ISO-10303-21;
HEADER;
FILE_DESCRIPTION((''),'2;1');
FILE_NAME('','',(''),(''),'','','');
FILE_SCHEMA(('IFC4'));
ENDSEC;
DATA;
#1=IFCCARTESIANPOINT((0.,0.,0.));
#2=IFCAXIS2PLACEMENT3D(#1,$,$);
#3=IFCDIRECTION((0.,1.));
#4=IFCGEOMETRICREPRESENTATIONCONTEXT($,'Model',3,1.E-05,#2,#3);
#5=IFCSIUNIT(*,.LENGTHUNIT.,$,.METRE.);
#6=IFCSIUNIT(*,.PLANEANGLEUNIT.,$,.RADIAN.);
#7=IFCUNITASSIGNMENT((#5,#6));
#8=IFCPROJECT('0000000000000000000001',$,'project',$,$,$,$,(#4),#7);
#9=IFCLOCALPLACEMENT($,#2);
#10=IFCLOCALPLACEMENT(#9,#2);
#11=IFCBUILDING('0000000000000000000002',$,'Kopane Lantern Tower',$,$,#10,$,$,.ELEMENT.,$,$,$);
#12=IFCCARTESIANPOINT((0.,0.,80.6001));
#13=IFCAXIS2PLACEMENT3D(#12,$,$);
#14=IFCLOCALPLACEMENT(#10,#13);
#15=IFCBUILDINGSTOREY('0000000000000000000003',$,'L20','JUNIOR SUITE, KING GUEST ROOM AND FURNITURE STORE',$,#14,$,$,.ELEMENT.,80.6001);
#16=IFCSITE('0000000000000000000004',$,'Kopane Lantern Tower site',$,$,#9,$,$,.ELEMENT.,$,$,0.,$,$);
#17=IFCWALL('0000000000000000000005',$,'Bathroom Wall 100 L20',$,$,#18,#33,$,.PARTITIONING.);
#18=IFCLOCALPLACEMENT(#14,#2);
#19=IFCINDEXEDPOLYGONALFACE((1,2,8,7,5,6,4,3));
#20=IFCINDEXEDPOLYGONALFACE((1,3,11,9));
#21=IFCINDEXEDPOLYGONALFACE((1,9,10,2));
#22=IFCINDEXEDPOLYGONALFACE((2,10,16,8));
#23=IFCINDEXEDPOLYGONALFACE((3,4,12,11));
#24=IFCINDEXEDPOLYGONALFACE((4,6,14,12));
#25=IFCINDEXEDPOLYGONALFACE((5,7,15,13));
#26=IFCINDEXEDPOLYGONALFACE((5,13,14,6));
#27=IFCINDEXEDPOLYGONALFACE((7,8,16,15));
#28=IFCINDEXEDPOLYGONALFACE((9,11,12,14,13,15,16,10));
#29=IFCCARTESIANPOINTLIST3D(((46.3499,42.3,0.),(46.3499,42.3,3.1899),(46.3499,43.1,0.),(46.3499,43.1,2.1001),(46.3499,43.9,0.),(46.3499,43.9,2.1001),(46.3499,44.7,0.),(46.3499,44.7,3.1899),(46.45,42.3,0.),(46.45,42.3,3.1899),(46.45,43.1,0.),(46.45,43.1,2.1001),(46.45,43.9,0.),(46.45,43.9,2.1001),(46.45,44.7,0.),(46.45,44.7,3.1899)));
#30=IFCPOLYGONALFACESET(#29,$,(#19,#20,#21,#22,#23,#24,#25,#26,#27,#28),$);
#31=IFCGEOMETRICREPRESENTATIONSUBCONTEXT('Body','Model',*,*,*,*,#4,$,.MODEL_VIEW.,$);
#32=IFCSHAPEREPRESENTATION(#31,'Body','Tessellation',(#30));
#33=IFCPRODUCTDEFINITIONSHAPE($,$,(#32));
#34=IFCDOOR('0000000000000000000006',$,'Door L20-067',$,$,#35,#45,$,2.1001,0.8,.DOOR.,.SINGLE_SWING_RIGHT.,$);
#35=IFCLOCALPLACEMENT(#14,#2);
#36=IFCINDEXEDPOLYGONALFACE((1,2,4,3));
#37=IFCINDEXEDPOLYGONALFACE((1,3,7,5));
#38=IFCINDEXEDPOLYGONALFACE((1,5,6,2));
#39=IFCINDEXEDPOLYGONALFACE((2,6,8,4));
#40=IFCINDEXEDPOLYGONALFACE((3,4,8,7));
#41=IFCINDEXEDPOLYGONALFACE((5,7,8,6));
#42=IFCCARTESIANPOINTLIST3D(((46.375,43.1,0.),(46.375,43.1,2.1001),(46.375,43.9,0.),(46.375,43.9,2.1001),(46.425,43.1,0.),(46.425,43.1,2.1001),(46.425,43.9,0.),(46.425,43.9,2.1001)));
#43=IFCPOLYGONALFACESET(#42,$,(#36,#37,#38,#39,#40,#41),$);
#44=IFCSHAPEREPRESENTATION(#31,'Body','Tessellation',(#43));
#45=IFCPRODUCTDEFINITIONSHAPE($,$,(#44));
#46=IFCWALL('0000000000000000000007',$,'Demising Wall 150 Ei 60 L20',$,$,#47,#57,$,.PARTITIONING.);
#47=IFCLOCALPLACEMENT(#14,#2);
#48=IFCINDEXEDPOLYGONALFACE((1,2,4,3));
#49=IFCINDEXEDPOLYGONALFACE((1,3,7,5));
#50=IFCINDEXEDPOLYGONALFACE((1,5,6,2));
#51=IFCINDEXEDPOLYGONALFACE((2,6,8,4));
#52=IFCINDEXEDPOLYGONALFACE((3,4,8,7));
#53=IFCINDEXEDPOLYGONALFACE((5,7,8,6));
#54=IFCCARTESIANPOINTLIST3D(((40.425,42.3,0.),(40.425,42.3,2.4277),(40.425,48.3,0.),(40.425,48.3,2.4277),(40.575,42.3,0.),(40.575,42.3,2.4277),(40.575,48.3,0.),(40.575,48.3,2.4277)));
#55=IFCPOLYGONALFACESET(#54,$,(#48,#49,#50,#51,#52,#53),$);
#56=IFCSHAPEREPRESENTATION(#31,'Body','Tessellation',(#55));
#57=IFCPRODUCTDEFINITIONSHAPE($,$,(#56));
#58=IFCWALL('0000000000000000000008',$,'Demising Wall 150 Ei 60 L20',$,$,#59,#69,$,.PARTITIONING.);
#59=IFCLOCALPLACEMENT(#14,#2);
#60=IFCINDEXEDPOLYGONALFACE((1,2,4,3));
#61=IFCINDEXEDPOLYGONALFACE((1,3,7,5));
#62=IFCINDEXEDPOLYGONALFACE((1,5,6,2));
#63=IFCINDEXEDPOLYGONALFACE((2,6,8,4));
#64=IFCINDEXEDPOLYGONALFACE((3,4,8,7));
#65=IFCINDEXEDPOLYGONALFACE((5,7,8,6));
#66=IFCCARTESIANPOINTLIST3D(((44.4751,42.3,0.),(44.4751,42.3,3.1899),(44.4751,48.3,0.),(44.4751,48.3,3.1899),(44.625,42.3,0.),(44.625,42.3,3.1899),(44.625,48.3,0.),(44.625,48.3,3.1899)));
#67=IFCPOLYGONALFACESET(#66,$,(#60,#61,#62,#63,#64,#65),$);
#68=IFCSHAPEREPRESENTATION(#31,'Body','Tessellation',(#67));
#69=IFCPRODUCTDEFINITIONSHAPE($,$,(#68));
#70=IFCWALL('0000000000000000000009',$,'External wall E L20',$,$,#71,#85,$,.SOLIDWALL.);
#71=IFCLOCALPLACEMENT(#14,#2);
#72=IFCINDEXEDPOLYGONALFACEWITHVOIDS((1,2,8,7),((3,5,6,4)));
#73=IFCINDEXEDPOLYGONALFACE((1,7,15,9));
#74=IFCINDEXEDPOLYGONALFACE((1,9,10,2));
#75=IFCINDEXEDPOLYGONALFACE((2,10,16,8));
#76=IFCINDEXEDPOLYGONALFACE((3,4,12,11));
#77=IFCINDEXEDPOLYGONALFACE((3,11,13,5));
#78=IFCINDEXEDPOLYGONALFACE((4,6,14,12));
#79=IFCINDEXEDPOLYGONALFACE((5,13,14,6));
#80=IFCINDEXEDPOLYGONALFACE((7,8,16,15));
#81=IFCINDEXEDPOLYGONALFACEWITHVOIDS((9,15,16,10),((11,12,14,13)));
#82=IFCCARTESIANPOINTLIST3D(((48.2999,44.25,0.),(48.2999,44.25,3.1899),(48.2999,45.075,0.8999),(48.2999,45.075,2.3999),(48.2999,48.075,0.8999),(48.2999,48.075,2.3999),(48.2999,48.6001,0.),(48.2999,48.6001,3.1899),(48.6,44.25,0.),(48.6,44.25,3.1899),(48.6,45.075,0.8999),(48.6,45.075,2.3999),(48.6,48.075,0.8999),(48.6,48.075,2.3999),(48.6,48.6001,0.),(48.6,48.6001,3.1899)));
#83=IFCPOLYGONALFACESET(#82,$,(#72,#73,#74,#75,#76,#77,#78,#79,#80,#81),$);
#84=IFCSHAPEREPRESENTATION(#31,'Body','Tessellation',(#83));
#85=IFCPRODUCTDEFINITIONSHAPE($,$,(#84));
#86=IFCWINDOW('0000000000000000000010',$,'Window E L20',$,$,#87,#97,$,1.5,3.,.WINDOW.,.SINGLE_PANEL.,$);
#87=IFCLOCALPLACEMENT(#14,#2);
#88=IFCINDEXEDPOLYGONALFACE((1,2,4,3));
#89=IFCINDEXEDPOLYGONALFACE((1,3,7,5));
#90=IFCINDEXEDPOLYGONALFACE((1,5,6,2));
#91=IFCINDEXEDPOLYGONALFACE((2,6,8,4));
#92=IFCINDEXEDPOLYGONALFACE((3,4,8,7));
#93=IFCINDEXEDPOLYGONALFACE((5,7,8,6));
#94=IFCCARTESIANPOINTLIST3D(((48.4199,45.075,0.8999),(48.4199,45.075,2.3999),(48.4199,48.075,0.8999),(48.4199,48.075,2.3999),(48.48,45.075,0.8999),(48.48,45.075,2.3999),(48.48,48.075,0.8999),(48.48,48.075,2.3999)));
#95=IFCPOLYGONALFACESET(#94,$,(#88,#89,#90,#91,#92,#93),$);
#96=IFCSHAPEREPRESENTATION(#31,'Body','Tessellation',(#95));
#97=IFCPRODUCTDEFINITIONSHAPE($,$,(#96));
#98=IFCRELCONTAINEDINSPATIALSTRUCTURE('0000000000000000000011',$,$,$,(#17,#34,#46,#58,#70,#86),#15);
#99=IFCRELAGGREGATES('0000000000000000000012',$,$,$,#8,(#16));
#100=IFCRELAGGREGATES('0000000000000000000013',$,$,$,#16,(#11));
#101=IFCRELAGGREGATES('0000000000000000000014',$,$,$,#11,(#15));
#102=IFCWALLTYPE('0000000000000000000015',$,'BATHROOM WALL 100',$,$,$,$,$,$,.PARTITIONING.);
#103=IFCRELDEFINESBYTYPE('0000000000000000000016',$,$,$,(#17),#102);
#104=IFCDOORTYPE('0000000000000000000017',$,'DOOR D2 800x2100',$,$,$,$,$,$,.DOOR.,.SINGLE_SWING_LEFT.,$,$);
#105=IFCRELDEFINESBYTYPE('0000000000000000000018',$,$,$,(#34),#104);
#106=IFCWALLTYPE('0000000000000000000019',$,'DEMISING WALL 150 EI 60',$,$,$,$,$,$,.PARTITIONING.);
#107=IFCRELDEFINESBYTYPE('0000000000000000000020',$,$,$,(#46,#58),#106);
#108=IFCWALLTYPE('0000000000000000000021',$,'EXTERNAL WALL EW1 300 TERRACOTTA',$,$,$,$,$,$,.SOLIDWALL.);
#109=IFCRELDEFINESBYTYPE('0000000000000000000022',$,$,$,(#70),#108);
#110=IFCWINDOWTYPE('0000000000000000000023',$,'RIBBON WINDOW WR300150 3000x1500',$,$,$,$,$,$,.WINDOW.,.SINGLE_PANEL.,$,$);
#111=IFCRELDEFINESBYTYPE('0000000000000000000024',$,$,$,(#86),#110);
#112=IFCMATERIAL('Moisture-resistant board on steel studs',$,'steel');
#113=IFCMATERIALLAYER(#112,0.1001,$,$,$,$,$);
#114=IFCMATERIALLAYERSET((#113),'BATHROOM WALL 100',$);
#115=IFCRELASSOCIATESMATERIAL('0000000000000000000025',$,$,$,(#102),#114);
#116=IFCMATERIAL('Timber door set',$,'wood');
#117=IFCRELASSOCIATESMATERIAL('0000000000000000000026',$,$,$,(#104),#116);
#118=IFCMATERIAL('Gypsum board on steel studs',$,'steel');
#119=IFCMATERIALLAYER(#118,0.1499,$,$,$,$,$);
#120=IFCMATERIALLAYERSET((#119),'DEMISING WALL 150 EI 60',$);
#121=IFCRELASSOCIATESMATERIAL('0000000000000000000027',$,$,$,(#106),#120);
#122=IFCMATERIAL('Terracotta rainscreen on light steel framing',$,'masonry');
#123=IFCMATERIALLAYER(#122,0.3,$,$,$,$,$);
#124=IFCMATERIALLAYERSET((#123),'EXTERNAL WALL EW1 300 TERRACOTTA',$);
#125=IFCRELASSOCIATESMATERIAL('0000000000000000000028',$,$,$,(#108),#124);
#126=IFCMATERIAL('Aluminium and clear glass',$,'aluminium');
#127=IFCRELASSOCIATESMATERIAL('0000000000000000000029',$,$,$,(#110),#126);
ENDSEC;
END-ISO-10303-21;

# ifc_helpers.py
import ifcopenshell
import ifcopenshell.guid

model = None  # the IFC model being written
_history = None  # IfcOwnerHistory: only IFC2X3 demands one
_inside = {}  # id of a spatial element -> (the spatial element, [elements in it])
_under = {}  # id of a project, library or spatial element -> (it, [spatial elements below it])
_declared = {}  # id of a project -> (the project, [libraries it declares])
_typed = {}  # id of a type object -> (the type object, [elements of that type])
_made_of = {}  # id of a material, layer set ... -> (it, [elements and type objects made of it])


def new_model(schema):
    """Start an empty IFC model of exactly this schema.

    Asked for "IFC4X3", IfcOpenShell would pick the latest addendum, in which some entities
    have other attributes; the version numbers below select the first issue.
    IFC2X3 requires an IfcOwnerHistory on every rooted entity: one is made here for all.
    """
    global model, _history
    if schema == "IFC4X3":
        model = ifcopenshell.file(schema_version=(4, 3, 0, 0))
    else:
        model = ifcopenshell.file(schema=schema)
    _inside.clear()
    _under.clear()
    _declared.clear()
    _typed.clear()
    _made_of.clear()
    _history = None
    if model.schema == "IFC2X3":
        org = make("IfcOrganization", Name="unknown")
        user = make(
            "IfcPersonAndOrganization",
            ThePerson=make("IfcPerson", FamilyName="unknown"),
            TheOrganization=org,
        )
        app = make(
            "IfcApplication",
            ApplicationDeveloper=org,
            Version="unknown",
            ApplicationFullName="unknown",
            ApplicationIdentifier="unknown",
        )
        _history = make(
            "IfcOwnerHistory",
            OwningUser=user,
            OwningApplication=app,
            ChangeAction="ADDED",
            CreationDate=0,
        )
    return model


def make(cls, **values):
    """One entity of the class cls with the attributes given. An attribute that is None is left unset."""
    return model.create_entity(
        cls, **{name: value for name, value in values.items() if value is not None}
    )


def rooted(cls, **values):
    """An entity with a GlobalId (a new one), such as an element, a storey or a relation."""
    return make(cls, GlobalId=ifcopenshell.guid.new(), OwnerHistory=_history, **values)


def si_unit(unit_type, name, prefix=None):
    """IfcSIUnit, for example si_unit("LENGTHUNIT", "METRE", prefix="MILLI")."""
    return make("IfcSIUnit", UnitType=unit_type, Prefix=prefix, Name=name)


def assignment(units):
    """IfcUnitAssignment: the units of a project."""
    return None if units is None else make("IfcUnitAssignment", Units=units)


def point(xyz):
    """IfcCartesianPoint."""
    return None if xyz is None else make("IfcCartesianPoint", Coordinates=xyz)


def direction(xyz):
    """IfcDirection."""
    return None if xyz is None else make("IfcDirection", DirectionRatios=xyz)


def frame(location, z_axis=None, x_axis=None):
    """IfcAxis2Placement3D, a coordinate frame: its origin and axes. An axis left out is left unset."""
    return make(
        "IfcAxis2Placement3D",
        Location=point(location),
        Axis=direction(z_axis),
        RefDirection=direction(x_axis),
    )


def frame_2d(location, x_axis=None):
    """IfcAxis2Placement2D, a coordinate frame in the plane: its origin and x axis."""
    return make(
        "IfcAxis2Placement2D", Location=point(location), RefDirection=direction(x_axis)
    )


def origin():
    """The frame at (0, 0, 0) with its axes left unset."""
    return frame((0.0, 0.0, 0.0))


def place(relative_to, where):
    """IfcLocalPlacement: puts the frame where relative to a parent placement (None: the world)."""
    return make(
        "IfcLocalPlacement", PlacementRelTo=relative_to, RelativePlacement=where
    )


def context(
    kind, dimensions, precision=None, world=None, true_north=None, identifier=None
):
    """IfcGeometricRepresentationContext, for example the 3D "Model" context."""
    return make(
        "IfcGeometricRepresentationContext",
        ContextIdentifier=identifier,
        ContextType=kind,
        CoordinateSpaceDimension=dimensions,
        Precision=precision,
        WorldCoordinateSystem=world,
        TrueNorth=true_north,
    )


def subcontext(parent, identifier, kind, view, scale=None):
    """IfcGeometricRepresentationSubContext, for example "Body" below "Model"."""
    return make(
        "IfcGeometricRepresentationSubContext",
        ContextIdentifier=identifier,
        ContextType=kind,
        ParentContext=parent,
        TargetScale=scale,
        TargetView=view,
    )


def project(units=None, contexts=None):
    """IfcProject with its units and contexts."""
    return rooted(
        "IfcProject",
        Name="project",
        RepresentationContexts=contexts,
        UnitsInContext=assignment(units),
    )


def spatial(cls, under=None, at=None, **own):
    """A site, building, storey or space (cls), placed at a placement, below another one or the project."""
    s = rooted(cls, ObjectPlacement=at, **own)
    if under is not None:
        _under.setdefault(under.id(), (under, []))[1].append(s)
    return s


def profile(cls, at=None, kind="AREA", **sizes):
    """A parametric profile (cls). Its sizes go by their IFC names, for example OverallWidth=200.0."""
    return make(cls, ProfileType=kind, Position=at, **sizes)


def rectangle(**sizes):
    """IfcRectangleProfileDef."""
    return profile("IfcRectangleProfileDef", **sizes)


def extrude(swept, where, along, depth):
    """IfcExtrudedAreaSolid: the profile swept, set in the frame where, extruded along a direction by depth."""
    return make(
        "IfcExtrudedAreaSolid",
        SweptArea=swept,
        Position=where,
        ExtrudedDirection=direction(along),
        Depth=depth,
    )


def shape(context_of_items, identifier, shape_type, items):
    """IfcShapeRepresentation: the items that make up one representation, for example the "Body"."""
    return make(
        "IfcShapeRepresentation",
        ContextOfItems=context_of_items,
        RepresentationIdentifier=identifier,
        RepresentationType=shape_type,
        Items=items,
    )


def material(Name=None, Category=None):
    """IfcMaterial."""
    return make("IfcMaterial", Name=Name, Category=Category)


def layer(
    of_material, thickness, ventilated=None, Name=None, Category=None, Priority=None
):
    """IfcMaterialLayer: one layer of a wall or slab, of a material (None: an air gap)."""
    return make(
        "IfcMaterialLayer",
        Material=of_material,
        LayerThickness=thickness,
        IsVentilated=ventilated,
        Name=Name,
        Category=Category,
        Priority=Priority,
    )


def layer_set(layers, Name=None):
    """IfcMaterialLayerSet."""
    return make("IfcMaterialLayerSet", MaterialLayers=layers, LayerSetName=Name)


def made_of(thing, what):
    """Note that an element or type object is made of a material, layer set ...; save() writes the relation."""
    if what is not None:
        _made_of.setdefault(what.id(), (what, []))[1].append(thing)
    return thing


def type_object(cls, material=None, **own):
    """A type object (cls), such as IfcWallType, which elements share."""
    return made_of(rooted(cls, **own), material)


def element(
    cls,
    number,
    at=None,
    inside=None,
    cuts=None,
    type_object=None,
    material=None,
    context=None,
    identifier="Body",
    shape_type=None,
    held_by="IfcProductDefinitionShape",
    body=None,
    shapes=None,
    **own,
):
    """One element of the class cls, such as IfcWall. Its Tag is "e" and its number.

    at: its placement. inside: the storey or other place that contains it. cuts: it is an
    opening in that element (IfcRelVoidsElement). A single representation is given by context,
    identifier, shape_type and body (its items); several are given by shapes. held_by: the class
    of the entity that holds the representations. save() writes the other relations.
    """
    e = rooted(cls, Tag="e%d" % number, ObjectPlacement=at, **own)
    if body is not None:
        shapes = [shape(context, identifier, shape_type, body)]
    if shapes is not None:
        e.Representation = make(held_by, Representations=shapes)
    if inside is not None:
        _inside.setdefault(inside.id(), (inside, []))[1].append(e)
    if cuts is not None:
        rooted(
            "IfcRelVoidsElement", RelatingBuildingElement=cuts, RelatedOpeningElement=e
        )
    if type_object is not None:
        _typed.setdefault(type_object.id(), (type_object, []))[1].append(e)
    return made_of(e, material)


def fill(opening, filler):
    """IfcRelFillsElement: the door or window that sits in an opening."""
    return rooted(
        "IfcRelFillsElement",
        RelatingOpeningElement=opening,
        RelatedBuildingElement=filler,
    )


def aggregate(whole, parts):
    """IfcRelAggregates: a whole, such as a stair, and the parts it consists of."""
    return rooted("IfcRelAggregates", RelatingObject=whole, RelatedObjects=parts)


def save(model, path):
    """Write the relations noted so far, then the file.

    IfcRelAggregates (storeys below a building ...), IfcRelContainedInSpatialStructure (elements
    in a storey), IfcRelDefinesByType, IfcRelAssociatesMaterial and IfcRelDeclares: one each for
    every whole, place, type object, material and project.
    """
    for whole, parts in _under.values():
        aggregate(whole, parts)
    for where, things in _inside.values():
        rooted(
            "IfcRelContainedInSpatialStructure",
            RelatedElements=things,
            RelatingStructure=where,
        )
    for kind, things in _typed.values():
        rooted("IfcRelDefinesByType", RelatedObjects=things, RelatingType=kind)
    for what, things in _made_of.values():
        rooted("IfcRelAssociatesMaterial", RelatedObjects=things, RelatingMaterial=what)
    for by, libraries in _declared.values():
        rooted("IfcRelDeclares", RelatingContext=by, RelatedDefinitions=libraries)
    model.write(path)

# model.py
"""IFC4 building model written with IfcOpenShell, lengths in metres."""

from ifc_helpers import new_model, si_unit, direction, frame, frame_2d, origin, place, context, subcontext, project, spatial, rectangle, extrude, material, layer, layer_set, type_object, element, fill, save


model = new_model("IFC4")

# Units and contexts
model_context = context("Model", 3, precision=1e-05, world=origin(), true_north=direction((0.0, 1.0)))
body_context = subcontext(model_context, "Body", "Model", "MODEL_VIEW")
ifc_project = project(units=[si_unit("LENGTHUNIT", "METRE"), si_unit("PLANEANGLEUNIT", "RADIAN")], contexts=[model_context])

# Site, building, storey
site_placement = place(None, origin())
site = spatial("IfcSite", under=ifc_project, at=site_placement, Name="Kopane Lantern Tower site", CompositionType="ELEMENT", RefElevation=0.0)
building_placement = place(site_placement, origin())
building = spatial("IfcBuilding", under=site, at=building_placement, Name="Kopane Lantern Tower", CompositionType="ELEMENT")
storey_placement = place(building_placement, frame((0.0, 0.0, 80.6001)))
storey = spatial("IfcBuildingStorey", under=building, at=storey_placement, Name="L20", Description="JUNIOR SUITE, KING GUEST ROOM AND FURNITURE STORE", CompositionType="ELEMENT", Elevation=80.6001)

# Shared definitions
ifc_material_1 = material(Name="Moisture-resistant board on steel studs", Category="steel")
ifc_layer_1 = layer(ifc_material_1, 0.1001)
ifc_layer_set_1 = layer_set([ifc_layer_1], Name="BATHROOM WALL 100")
wall_type_1 = type_object("IfcWallType", Name="BATHROOM WALL 100", PredefinedType="PARTITIONING", material=ifc_layer_set_1)

# Wall, opening, door
ifc_material_2 = material(Name="Timber door set", Category="wood")
door_type_1 = type_object("IfcDoorType", Name="DOOR D2 800x2100", OperationType="SINGLE_SWING_LEFT", PredefinedType="DOOR", material=ifc_material_2)
wall_1_placement = place(storey_placement, frame((46.3999, 42.3, 0.0), z_axis=(0.0, 0.0, 1.0), x_axis=(0.0, 1.0, 0.0)))
wall_1 = element("IfcWall", 1, at=wall_1_placement, inside=storey, type_object=wall_type_1, Name="Bathroom Wall 100 L20", PredefinedType="PARTITIONING", context=body_context, shape_type="SweptSolid", body=[
    extrude(rectangle(XDim=2.3999, YDim=0.1001, at=frame_2d((1.2, 0.0))), origin(), (0.0, 0.0, 1.0), 3.1899),
])
opening_1_placement = place(wall_1_placement, frame((0.8, 0.0, 0.0)))
opening_1 = element("IfcOpeningElement", 2, at=opening_1_placement, cuts=wall_1, PredefinedType="OPENING", context=body_context, shape_type="SweptSolid", body=[
    extrude(rectangle(XDim=0.8, YDim=2.1001, at=frame_2d((0.3999, 1.05))), frame((0.0, 0.0601, 0.0), z_axis=(0.0, -1.0, 0.0), x_axis=(1.0, 0.0, 0.0)), (0.0, 0.0, 1.0), 0.1201),
])
door_1_placement = place(opening_1_placement, origin())
door_1 = element("IfcDoor", 3, at=door_1_placement, inside=storey, type_object=door_type_1, Name="Door L20-067", OperationType="SINGLE_SWING_RIGHT", OverallHeight=2.1001, OverallWidth=0.8, PredefinedType="DOOR", context=body_context, shape_type="SweptSolid", body=[
    extrude(rectangle(XDim=0.8, YDim=2.1001, at=frame_2d((0.3999, 1.05))), frame((0.0, 0.0249, 0.0), z_axis=(0.0, -1.0, 0.0), x_axis=(1.0, 0.0, 0.0)), (0.0, 0.0, 1.0), 0.05),
])
fill(opening_1, door_1)

# Walls
ifc_material_3 = material(Name="Gypsum board on steel studs", Category="steel")
ifc_layer_2 = layer(ifc_material_3, 0.1499)
ifc_layer_set_2 = layer_set([ifc_layer_2], Name="DEMISING WALL 150 EI 60")
wall_type_2 = type_object("IfcWallType", Name="DEMISING WALL 150 EI 60", PredefinedType="PARTITIONING", material=ifc_layer_set_2)
wall_2_placement = place(storey_placement, frame((40.5, 42.3, 0.0), z_axis=(0.0, 0.0, 1.0), x_axis=(0.0, 1.0, 0.0)))
element("IfcWall", 4, at=wall_2_placement, inside=storey, type_object=wall_type_2, Name="Demising Wall 150 Ei 60 L20", PredefinedType="PARTITIONING", context=body_context, shape_type="SweptSolid", body=[
    extrude(rectangle(XDim=6.0, YDim=0.1499, at=frame_2d((3.0, 0.0))), origin(), (0.0, 0.0, 1.0), 2.4277),
])
wall_3_placement = place(storey_placement, frame((44.55, 42.3, 0.0), z_axis=(0.0, 0.0, 1.0), x_axis=(0.0, 1.0, 0.0)))
element("IfcWall", 5, at=wall_3_placement, inside=storey, type_object=wall_type_2, Name="Demising Wall 150 Ei 60 L20", PredefinedType="PARTITIONING", context=body_context, shape_type="SweptSolid", body=[
    extrude(rectangle(XDim=6.0, YDim=0.1499, at=frame_2d((3.0, 0.0))), origin(), (0.0, 0.0, 1.0), 3.1899),
])

# Wall, opening, window
ifc_material_4 = material(Name="Terracotta rainscreen on light steel framing", Category="masonry")
ifc_layer_3 = layer(ifc_material_4, 0.3)
ifc_layer_set_3 = layer_set([ifc_layer_3], Name="EXTERNAL WALL EW1 300 TERRACOTTA")
wall_type_3 = type_object("IfcWallType", Name="EXTERNAL WALL EW1 300 TERRACOTTA", PredefinedType="SOLIDWALL", material=ifc_layer_set_3)
wall_4_placement = place(storey_placement, frame((48.45, 44.25, 0.0), z_axis=(0.0, 0.0, 1.0), x_axis=(0.0, 1.0, 0.0)))
wall_4 = element("IfcWall", 6, at=wall_4_placement, inside=storey, type_object=wall_type_3, Name="External wall E L20", PredefinedType="SOLIDWALL", context=body_context, shape_type="SweptSolid", body=[
    extrude(rectangle(XDim=4.3501, YDim=0.3, at=frame_2d((2.175, 0.0))), origin(), (0.0, 0.0, 1.0), 3.1899),
])
opening_2_placement = place(wall_4_placement, frame((0.825, 0.0, 0.8999)))
opening_2 = element("IfcOpeningElement", 7, at=opening_2_placement, cuts=wall_4, PredefinedType="OPENING", context=body_context, shape_type="SweptSolid", body=[
    extrude(rectangle(XDim=3.0, YDim=1.5, at=frame_2d((1.5, 0.75))), frame((0.0, 0.1599, 0.0), z_axis=(0.0, -1.0, 0.0), x_axis=(1.0, 0.0, 0.0)), (0.0, 0.0, 1.0), 0.3201),
])
ifc_material_5 = material(Name="Aluminium and clear glass", Category="aluminium")
window_type = type_object("IfcWindowType", Name="RIBBON WINDOW WR300150 3000x1500", PartitioningType="SINGLE_PANEL", PredefinedType="WINDOW", material=ifc_material_5)
window_1_placement = place(opening_2_placement, origin())
window_1 = element("IfcWindow", 8, at=window_1_placement, inside=storey, type_object=window_type, Name="Window E L20", OverallHeight=1.5, OverallWidth=3.0, PartitioningType="SINGLE_PANEL", PredefinedType="WINDOW", context=body_context, shape_type="SweptSolid", body=[
    extrude(rectangle(XDim=3.0, YDim=1.5, at=frame_2d((1.5, 0.75))), frame((0.0, 0.03, 0.0), z_axis=(0.0, -1.0, 0.0), x_axis=(1.0, 0.0, 0.0)), (0.0, 0.0, 1.0), 0.0601),
])
fill(opening_2, window_1)

save(model, "model.ifc")
